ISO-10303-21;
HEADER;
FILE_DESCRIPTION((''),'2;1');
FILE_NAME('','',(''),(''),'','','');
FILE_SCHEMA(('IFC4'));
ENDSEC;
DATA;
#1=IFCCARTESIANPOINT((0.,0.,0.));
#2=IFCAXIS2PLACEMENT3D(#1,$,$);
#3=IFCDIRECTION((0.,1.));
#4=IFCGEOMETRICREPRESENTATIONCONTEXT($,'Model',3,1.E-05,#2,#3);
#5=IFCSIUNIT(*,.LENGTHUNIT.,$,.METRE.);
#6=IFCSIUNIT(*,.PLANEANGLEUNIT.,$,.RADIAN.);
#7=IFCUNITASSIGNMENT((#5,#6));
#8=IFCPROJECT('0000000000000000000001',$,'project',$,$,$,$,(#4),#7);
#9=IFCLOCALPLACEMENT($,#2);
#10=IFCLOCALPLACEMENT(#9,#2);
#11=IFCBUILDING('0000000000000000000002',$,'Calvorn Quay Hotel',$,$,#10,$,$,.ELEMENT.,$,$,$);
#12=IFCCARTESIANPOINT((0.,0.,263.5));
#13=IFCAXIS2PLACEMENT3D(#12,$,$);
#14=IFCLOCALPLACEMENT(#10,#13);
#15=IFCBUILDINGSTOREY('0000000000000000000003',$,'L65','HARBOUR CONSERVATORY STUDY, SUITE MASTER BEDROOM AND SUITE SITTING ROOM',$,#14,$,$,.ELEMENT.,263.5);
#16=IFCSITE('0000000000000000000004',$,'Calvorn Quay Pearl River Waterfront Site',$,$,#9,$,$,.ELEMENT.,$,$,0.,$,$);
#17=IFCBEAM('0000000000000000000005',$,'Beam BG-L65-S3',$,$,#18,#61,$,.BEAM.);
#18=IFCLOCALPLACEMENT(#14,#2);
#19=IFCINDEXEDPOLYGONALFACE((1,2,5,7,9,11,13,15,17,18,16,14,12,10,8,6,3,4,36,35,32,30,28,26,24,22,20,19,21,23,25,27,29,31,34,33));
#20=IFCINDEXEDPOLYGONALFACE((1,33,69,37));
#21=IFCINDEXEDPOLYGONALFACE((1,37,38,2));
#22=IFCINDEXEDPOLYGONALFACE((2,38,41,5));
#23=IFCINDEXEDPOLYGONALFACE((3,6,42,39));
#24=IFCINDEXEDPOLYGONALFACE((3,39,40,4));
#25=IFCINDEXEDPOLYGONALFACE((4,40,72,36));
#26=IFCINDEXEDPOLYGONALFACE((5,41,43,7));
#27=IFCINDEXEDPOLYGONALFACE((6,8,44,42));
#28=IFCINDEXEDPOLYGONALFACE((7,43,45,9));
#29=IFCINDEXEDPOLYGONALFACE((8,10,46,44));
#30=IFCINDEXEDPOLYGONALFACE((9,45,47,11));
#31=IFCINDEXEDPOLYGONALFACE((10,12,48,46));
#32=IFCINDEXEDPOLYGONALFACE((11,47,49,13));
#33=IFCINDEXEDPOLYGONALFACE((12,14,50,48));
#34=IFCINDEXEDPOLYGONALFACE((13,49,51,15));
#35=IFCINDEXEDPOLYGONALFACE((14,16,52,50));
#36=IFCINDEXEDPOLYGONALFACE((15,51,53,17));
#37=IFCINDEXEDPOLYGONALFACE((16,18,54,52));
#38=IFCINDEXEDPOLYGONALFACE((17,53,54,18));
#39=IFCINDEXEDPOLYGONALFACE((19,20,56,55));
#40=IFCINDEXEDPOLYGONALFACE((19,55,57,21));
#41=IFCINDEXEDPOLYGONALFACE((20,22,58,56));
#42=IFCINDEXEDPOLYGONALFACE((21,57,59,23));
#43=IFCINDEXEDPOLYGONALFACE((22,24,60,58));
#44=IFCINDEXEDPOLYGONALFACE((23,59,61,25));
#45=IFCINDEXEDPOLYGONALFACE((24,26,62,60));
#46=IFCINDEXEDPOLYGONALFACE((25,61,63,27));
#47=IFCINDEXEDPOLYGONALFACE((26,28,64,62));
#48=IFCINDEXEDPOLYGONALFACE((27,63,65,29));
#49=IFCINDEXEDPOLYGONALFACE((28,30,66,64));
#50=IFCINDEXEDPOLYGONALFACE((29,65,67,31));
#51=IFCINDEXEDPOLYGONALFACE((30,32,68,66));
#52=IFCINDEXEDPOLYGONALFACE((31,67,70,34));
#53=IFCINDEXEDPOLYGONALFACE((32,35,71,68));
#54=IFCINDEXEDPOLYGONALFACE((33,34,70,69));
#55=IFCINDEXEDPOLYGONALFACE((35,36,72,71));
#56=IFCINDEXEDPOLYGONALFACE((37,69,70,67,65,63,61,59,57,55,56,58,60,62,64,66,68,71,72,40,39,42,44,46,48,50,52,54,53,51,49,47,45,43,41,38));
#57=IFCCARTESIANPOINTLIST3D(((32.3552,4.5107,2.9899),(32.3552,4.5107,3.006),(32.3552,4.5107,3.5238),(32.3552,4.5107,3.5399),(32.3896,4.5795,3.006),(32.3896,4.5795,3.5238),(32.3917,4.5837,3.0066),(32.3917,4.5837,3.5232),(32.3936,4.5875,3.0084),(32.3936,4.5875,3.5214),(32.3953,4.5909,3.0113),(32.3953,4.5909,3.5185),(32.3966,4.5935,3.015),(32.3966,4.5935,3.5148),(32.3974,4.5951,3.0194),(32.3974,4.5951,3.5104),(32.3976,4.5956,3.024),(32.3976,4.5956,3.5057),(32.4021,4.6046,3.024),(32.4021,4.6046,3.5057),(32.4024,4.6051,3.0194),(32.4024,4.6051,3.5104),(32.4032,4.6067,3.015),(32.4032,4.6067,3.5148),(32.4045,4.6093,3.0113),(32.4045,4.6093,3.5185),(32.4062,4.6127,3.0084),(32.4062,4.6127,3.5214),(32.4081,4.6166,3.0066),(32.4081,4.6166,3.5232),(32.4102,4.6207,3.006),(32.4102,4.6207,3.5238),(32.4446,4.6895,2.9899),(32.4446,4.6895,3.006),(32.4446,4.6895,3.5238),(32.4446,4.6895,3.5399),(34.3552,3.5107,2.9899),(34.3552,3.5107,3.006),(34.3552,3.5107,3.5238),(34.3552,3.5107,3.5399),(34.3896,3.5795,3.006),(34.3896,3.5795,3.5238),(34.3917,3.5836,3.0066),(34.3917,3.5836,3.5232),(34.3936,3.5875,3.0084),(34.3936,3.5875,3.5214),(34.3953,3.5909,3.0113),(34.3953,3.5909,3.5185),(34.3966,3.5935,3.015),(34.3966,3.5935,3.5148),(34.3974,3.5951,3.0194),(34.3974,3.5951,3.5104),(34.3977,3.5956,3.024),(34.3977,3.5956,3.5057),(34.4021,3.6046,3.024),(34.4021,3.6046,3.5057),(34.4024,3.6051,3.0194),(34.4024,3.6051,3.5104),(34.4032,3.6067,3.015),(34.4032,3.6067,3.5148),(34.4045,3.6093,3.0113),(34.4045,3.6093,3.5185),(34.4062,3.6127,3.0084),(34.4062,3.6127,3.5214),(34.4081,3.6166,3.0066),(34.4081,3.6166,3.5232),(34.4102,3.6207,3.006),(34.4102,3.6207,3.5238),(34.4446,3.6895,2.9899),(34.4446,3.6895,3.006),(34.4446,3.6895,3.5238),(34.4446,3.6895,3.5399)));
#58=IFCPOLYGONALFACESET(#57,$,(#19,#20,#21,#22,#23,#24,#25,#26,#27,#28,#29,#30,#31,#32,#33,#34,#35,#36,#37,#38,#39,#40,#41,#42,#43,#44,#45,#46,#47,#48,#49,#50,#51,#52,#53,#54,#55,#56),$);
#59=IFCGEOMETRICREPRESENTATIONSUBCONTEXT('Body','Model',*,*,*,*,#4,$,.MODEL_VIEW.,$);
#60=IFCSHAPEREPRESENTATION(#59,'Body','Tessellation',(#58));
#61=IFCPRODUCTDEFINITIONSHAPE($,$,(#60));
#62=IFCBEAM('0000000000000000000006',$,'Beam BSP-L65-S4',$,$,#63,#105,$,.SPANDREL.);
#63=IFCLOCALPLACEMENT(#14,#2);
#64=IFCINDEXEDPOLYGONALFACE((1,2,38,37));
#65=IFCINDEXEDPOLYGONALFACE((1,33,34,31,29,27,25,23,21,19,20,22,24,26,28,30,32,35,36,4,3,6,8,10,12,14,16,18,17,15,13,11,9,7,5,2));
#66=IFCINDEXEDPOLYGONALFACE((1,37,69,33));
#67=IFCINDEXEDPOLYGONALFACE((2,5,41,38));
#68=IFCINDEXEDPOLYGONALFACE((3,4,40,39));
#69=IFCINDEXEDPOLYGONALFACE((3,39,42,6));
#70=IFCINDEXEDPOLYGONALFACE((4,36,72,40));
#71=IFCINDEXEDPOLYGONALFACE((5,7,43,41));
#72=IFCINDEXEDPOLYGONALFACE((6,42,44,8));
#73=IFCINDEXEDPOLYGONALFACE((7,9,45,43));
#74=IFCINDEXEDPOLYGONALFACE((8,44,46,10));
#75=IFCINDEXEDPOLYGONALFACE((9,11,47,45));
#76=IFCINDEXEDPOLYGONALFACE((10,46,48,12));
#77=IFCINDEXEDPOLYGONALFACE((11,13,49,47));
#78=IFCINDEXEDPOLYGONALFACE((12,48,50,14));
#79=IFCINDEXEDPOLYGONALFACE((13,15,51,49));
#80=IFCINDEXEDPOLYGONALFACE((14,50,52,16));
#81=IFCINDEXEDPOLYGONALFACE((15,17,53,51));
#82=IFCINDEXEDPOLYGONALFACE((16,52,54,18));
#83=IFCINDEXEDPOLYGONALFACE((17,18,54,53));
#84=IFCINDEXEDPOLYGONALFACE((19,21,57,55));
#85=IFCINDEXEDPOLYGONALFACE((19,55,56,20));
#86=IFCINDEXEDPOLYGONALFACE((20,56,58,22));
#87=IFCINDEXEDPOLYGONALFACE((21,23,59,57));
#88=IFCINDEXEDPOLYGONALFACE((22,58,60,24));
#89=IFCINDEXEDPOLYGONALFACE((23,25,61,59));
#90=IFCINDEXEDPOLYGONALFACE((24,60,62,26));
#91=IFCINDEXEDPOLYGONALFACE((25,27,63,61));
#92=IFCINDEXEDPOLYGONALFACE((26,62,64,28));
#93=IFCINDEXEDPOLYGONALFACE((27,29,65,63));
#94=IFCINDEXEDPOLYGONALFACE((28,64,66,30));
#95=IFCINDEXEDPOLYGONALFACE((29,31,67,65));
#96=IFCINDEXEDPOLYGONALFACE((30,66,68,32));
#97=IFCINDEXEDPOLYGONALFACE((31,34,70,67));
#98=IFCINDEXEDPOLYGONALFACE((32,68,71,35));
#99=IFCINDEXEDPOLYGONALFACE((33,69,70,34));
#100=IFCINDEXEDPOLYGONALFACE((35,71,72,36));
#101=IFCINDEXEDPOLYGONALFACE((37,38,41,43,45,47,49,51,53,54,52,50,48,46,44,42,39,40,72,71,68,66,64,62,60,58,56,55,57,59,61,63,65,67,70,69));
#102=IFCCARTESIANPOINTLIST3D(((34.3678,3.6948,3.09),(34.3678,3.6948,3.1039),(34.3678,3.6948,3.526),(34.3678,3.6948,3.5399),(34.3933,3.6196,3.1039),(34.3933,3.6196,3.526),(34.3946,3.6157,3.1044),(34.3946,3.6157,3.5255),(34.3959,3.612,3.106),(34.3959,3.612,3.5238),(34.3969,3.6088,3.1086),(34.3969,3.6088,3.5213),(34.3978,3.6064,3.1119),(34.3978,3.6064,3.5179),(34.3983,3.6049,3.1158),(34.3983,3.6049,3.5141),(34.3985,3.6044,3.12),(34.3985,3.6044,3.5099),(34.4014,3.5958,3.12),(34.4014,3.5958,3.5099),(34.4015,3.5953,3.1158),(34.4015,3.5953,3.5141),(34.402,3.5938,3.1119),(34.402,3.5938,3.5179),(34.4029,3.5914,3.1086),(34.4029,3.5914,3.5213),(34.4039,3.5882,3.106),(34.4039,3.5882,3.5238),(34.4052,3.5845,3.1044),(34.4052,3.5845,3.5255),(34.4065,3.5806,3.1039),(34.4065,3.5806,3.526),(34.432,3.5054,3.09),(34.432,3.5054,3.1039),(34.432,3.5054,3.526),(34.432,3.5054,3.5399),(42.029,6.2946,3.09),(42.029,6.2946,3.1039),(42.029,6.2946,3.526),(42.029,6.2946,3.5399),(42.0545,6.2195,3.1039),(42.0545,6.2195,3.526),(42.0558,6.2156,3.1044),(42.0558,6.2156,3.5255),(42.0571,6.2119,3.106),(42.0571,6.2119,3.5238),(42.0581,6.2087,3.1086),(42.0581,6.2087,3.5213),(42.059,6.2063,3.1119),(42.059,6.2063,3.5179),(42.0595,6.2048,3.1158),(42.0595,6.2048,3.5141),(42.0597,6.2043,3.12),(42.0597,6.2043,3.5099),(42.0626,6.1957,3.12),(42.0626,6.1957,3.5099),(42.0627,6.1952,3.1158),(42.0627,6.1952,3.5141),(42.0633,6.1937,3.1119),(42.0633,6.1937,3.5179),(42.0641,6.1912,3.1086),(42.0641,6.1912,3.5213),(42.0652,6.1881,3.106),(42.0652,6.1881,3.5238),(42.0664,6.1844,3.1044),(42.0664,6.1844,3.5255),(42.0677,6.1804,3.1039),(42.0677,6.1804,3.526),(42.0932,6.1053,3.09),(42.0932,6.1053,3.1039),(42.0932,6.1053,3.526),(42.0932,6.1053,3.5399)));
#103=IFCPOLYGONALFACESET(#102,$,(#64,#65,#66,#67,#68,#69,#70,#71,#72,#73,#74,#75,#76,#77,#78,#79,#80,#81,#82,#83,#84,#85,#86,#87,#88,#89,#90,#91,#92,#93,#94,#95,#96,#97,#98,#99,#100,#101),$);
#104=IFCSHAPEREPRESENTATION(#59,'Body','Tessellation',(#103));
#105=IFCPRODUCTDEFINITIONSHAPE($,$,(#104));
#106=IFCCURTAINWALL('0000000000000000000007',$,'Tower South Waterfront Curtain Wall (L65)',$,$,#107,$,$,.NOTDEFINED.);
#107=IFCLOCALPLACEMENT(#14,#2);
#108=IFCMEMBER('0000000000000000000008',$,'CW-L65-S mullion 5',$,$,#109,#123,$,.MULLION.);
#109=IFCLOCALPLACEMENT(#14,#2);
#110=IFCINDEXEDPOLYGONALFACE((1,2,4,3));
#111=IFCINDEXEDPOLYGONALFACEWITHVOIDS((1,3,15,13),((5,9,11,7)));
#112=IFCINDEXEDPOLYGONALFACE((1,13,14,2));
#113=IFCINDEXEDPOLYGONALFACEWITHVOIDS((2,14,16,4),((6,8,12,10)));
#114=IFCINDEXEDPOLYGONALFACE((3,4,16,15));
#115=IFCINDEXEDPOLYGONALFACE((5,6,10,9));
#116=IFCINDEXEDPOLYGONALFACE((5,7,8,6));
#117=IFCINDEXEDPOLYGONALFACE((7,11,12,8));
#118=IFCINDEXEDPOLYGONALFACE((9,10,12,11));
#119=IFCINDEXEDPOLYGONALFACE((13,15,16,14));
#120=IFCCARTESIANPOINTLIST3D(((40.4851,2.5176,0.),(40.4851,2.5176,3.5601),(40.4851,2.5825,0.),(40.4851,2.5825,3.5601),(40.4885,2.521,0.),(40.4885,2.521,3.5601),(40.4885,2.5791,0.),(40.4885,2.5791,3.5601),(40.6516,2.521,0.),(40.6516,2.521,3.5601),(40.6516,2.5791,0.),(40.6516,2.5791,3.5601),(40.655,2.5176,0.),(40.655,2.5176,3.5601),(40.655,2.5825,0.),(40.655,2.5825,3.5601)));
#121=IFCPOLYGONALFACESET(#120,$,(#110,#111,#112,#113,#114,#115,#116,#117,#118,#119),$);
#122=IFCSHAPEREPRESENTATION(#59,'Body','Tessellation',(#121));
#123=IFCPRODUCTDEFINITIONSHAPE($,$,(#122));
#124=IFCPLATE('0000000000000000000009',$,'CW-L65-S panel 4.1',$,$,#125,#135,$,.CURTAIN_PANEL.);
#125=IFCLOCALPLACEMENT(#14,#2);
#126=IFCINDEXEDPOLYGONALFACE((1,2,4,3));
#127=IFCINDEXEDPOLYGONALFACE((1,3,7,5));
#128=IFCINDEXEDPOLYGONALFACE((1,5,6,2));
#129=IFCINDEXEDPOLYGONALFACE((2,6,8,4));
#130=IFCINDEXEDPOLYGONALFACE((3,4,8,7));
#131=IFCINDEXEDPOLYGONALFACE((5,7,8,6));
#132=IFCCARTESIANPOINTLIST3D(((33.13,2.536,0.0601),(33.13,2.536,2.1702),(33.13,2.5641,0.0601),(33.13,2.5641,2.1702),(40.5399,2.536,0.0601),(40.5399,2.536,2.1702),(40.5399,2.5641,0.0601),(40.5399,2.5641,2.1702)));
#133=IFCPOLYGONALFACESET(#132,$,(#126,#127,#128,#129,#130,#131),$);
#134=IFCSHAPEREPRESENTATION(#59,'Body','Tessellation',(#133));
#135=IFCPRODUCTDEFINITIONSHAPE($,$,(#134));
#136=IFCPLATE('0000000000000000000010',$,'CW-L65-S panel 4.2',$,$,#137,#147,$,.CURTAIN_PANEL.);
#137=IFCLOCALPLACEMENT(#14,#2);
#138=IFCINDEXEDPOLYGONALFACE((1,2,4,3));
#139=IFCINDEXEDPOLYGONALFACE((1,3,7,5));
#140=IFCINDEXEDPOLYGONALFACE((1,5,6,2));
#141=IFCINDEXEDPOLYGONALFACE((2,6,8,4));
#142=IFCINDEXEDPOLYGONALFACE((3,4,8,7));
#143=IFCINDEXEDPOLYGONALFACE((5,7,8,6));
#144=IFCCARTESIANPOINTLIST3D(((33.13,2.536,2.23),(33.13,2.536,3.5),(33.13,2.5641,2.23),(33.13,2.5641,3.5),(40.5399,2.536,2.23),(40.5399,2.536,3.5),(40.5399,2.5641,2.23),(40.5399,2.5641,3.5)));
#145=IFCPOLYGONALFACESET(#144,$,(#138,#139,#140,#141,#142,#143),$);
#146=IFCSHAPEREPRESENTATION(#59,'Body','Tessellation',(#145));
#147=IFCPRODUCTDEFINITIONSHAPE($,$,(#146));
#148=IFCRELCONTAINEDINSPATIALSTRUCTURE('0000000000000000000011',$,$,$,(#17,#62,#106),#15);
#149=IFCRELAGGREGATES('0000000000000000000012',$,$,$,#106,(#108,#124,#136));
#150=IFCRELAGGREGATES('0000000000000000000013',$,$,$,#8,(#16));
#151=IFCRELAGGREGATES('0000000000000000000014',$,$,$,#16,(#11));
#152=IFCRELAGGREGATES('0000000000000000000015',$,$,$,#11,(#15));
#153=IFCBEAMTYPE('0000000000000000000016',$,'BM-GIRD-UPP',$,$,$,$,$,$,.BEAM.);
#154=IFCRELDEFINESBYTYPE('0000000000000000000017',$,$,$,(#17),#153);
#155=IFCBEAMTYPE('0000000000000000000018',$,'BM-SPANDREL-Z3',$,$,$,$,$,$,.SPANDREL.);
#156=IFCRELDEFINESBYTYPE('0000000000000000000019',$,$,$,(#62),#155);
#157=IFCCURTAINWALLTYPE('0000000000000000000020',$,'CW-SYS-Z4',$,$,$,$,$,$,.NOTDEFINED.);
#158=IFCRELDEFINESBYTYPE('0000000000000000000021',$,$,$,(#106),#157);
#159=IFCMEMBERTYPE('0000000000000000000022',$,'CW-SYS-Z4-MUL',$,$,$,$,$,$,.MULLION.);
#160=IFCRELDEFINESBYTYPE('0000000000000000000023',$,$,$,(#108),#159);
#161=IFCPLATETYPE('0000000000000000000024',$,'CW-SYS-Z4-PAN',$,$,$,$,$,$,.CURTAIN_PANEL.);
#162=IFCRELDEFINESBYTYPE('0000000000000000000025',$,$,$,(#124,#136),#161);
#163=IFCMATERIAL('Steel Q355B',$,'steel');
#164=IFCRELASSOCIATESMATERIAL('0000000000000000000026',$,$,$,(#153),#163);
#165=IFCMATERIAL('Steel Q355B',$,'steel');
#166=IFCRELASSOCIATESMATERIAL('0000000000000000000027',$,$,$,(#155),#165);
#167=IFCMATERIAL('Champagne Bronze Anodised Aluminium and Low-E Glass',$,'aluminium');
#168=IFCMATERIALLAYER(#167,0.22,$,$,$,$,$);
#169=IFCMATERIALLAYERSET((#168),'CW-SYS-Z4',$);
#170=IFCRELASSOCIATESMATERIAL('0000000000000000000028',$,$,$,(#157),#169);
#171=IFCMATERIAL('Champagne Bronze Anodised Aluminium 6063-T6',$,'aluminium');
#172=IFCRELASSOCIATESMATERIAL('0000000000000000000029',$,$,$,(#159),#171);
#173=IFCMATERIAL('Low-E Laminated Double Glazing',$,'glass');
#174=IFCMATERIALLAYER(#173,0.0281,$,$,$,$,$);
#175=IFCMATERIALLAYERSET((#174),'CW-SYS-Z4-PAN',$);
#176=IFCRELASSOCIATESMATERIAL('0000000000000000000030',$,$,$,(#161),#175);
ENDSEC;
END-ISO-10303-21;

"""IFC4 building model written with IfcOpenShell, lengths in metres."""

from ifc_helpers import new_model, si_unit, direction, frame, origin, origin_2d, place, context, subcontext, project, spatial, rectangle, hollow_rectangle, i_section, extrude, material, layer, layer_set, material_profile, profile_set, type_object, element, aggregate, save


model = new_model("IFC4")

# Units and contexts
model_context = context("Model", 3, precision=1e-05, world=origin(), true_north=direction((0.0, 1.0)))
body_context = subcontext(model_context, "Body", "Model", "MODEL_VIEW")
ifc_project = project(units=[si_unit("LENGTHUNIT", "METRE"), si_unit("PLANEANGLEUNIT", "RADIAN")], contexts=[model_context])

# Site, building, storey
site_placement = place(None, origin())
site = spatial("IfcSite", under=ifc_project, at=site_placement, Name="Calvorn Quay Pearl River Waterfront Site", CompositionType="ELEMENT", RefElevation=0.0)
building_placement = place(site_placement, origin())
building = spatial("IfcBuilding", under=site, at=building_placement, Name="Calvorn Quay Hotel", CompositionType="ELEMENT")
storey_placement = place(building_placement, frame((0.0, 0.0, 263.5)))
storey = spatial("IfcBuildingStorey", under=building, at=storey_placement, Name="L65", Description="HARBOUR CONSERVATORY STUDY, SUITE MASTER BEDROOM AND SUITE SITTING ROOM", CompositionType="ELEMENT", Elevation=263.5)

# Beams
ifc_material_1 = material(Name="Steel Q355B", Category="steel")
ifc_material_profile_1 = material_profile(ifc_material_1, i_section(OverallWidth=0.2, OverallDepth=0.55, WebThickness=0.01, FlangeThickness=0.0161, FilletRadius=0.0181, at=origin_2d()), Name="HN550x200x10x16")
ifc_profile_set_1 = profile_set([ifc_material_profile_1], Name="Steel Q355B")
beam_type_1 = type_object("IfcBeamType", Name="BM-GIRD-UPP", PredefinedType="BEAM", material=ifc_profile_set_1)
beam_1_placement = place(storey_placement, frame((34.3999, 3.6001, 3.2649), z_axis=(-0.894427, 0.447214, 0.0), x_axis=(-0.447214, -0.894427, 0.0)))
element("IfcBeam", 1, at=beam_1_placement, inside=storey, type_object=beam_type_1, Name="Beam BG-L65-S3", PredefinedType="BEAM", context=body_context, shape_type="SweptSolid", body=[
    extrude(i_section(OverallWidth=0.2, OverallDepth=0.55, WebThickness=0.01, FlangeThickness=0.0161, FilletRadius=0.0181, at=origin_2d()), origin(), (0.0, 0.0, 1.0), 2.2361),
])
ifc_material_2 = material(Name="Steel Q355B", Category="steel")
ifc_material_profile_2 = material_profile(ifc_material_2, i_section(OverallWidth=0.2, OverallDepth=0.45, WebThickness=0.009, FlangeThickness=0.0139, FilletRadius=0.0161, at=origin_2d()), Name="HN450x200x9x14")
ifc_profile_set_2 = profile_set([ifc_material_profile_2], Name="Steel Q355B")
beam_type_2 = type_object("IfcBeamType", Name="BM-SPANDREL-Z3", PredefinedType="SPANDREL", material=ifc_profile_set_2)
beam_2_placement = place(storey_placement, frame((34.3999, 3.6001, 3.3149), z_axis=(0.946958, 0.321356, 0.0), x_axis=(-0.321356, 0.946958, 0.0)))
element("IfcBeam", 2, at=beam_2_placement, inside=storey, type_object=beam_type_2, Name="Beam BSP-L65-S4", PredefinedType="SPANDREL", context=body_context, shape_type="SweptSolid", body=[
    extrude(i_section(OverallWidth=0.2, OverallDepth=0.45, WebThickness=0.009, FlangeThickness=0.0139, FilletRadius=0.0161, at=origin_2d()), origin(), (0.0, 0.0, 1.0), 8.0903),
])

# Curtain wall, member, plates
ifc_material_3 = material(Name="Champagne Bronze Anodised Aluminium and Low-E Glass", Category="aluminium")
ifc_layer_1 = layer(ifc_material_3, 0.22)
ifc_layer_set_1 = layer_set([ifc_layer_1], Name="CW-SYS-Z4")
curtain_wall_type = type_object("IfcCurtainWallType", Name="CW-SYS-Z4", PredefinedType="NOTDEFINED", material=ifc_layer_set_1)
curtain_wall_placement = place(storey_placement, origin())
curtain_wall = element("IfcCurtainWall", 3, at=curtain_wall_placement, inside=storey, type_object=curtain_wall_type, Name="Tower South Waterfront Curtain Wall (L65)", PredefinedType="NOTDEFINED")
ifc_material_4 = material(Name="Champagne Bronze Anodised Aluminium 6063-T6", Category="aluminium")
ifc_material_profile_3 = material_profile(ifc_material_4, hollow_rectangle(XDim=0.0649, YDim=0.1699, WallThickness=0.0034, at=origin_2d()), Name="ALU-M170x65x3.5")
ifc_profile_set_3 = profile_set([ifc_material_profile_3], Name="Champagne Bronze Anodised Aluminium 6063-T6")
member_type = type_object("IfcMemberType", Name="CW-SYS-Z4-MUL", PredefinedType="MULLION", material=ifc_profile_set_3)
member_placement = place(storey_placement, frame((40.5701, 2.55, 0.0), z_axis=(0.0, 0.0, 1.0), x_axis=(0.0, 1.0, 0.0)))
member = element("IfcMember", 4, at=member_placement, type_object=member_type, Name="CW-L65-S mullion 5", PredefinedType="MULLION", context=body_context, shape_type="SweptSolid", body=[
    extrude(hollow_rectangle(XDim=0.0649, YDim=0.1699, WallThickness=0.0034, at=origin_2d()), origin(), (0.0, 0.0, 1.0), 3.5601),
])
ifc_material_5 = material(Name="Low-E Laminated Double Glazing", Category="glass")
ifc_layer_2 = layer(ifc_material_5, 0.0281)
ifc_layer_set_2 = layer_set([ifc_layer_2], Name="CW-SYS-Z4-PAN")
plate_type = type_object("IfcPlateType", Name="CW-SYS-Z4-PAN", PredefinedType="CURTAIN_PANEL", material=ifc_layer_set_2)
plate_1_placement = place(storey_placement, frame((36.835, 2.55, 0.0601), z_axis=(0.0, 0.0, 1.0), x_axis=(1.0, 0.0, 0.0)))
plate_1 = element("IfcPlate", 5, at=plate_1_placement, type_object=plate_type, Name="CW-L65-S panel 4.1", PredefinedType="CURTAIN_PANEL", context=body_context, shape_type="SweptSolid", body=[
    extrude(rectangle(XDim=7.4099, YDim=0.0281, at=origin_2d()), origin(), (0.0, 0.0, 1.0), 2.1101),
])
plate_2_placement = place(storey_placement, frame((36.835, 2.55, 2.23), z_axis=(0.0, 0.0, 1.0), x_axis=(1.0, 0.0, 0.0)))
plate_2 = element("IfcPlate", 6, at=plate_2_placement, type_object=plate_type, Name="CW-L65-S panel 4.2", PredefinedType="CURTAIN_PANEL", context=body_context, shape_type="SweptSolid", body=[
    extrude(rectangle(XDim=7.4099, YDim=0.0281, at=origin_2d()), origin(), (0.0, 0.0, 1.0), 1.27),
])
aggregate(curtain_wall, [member, plate_1, plate_2])

save(model, "model.ifc")
